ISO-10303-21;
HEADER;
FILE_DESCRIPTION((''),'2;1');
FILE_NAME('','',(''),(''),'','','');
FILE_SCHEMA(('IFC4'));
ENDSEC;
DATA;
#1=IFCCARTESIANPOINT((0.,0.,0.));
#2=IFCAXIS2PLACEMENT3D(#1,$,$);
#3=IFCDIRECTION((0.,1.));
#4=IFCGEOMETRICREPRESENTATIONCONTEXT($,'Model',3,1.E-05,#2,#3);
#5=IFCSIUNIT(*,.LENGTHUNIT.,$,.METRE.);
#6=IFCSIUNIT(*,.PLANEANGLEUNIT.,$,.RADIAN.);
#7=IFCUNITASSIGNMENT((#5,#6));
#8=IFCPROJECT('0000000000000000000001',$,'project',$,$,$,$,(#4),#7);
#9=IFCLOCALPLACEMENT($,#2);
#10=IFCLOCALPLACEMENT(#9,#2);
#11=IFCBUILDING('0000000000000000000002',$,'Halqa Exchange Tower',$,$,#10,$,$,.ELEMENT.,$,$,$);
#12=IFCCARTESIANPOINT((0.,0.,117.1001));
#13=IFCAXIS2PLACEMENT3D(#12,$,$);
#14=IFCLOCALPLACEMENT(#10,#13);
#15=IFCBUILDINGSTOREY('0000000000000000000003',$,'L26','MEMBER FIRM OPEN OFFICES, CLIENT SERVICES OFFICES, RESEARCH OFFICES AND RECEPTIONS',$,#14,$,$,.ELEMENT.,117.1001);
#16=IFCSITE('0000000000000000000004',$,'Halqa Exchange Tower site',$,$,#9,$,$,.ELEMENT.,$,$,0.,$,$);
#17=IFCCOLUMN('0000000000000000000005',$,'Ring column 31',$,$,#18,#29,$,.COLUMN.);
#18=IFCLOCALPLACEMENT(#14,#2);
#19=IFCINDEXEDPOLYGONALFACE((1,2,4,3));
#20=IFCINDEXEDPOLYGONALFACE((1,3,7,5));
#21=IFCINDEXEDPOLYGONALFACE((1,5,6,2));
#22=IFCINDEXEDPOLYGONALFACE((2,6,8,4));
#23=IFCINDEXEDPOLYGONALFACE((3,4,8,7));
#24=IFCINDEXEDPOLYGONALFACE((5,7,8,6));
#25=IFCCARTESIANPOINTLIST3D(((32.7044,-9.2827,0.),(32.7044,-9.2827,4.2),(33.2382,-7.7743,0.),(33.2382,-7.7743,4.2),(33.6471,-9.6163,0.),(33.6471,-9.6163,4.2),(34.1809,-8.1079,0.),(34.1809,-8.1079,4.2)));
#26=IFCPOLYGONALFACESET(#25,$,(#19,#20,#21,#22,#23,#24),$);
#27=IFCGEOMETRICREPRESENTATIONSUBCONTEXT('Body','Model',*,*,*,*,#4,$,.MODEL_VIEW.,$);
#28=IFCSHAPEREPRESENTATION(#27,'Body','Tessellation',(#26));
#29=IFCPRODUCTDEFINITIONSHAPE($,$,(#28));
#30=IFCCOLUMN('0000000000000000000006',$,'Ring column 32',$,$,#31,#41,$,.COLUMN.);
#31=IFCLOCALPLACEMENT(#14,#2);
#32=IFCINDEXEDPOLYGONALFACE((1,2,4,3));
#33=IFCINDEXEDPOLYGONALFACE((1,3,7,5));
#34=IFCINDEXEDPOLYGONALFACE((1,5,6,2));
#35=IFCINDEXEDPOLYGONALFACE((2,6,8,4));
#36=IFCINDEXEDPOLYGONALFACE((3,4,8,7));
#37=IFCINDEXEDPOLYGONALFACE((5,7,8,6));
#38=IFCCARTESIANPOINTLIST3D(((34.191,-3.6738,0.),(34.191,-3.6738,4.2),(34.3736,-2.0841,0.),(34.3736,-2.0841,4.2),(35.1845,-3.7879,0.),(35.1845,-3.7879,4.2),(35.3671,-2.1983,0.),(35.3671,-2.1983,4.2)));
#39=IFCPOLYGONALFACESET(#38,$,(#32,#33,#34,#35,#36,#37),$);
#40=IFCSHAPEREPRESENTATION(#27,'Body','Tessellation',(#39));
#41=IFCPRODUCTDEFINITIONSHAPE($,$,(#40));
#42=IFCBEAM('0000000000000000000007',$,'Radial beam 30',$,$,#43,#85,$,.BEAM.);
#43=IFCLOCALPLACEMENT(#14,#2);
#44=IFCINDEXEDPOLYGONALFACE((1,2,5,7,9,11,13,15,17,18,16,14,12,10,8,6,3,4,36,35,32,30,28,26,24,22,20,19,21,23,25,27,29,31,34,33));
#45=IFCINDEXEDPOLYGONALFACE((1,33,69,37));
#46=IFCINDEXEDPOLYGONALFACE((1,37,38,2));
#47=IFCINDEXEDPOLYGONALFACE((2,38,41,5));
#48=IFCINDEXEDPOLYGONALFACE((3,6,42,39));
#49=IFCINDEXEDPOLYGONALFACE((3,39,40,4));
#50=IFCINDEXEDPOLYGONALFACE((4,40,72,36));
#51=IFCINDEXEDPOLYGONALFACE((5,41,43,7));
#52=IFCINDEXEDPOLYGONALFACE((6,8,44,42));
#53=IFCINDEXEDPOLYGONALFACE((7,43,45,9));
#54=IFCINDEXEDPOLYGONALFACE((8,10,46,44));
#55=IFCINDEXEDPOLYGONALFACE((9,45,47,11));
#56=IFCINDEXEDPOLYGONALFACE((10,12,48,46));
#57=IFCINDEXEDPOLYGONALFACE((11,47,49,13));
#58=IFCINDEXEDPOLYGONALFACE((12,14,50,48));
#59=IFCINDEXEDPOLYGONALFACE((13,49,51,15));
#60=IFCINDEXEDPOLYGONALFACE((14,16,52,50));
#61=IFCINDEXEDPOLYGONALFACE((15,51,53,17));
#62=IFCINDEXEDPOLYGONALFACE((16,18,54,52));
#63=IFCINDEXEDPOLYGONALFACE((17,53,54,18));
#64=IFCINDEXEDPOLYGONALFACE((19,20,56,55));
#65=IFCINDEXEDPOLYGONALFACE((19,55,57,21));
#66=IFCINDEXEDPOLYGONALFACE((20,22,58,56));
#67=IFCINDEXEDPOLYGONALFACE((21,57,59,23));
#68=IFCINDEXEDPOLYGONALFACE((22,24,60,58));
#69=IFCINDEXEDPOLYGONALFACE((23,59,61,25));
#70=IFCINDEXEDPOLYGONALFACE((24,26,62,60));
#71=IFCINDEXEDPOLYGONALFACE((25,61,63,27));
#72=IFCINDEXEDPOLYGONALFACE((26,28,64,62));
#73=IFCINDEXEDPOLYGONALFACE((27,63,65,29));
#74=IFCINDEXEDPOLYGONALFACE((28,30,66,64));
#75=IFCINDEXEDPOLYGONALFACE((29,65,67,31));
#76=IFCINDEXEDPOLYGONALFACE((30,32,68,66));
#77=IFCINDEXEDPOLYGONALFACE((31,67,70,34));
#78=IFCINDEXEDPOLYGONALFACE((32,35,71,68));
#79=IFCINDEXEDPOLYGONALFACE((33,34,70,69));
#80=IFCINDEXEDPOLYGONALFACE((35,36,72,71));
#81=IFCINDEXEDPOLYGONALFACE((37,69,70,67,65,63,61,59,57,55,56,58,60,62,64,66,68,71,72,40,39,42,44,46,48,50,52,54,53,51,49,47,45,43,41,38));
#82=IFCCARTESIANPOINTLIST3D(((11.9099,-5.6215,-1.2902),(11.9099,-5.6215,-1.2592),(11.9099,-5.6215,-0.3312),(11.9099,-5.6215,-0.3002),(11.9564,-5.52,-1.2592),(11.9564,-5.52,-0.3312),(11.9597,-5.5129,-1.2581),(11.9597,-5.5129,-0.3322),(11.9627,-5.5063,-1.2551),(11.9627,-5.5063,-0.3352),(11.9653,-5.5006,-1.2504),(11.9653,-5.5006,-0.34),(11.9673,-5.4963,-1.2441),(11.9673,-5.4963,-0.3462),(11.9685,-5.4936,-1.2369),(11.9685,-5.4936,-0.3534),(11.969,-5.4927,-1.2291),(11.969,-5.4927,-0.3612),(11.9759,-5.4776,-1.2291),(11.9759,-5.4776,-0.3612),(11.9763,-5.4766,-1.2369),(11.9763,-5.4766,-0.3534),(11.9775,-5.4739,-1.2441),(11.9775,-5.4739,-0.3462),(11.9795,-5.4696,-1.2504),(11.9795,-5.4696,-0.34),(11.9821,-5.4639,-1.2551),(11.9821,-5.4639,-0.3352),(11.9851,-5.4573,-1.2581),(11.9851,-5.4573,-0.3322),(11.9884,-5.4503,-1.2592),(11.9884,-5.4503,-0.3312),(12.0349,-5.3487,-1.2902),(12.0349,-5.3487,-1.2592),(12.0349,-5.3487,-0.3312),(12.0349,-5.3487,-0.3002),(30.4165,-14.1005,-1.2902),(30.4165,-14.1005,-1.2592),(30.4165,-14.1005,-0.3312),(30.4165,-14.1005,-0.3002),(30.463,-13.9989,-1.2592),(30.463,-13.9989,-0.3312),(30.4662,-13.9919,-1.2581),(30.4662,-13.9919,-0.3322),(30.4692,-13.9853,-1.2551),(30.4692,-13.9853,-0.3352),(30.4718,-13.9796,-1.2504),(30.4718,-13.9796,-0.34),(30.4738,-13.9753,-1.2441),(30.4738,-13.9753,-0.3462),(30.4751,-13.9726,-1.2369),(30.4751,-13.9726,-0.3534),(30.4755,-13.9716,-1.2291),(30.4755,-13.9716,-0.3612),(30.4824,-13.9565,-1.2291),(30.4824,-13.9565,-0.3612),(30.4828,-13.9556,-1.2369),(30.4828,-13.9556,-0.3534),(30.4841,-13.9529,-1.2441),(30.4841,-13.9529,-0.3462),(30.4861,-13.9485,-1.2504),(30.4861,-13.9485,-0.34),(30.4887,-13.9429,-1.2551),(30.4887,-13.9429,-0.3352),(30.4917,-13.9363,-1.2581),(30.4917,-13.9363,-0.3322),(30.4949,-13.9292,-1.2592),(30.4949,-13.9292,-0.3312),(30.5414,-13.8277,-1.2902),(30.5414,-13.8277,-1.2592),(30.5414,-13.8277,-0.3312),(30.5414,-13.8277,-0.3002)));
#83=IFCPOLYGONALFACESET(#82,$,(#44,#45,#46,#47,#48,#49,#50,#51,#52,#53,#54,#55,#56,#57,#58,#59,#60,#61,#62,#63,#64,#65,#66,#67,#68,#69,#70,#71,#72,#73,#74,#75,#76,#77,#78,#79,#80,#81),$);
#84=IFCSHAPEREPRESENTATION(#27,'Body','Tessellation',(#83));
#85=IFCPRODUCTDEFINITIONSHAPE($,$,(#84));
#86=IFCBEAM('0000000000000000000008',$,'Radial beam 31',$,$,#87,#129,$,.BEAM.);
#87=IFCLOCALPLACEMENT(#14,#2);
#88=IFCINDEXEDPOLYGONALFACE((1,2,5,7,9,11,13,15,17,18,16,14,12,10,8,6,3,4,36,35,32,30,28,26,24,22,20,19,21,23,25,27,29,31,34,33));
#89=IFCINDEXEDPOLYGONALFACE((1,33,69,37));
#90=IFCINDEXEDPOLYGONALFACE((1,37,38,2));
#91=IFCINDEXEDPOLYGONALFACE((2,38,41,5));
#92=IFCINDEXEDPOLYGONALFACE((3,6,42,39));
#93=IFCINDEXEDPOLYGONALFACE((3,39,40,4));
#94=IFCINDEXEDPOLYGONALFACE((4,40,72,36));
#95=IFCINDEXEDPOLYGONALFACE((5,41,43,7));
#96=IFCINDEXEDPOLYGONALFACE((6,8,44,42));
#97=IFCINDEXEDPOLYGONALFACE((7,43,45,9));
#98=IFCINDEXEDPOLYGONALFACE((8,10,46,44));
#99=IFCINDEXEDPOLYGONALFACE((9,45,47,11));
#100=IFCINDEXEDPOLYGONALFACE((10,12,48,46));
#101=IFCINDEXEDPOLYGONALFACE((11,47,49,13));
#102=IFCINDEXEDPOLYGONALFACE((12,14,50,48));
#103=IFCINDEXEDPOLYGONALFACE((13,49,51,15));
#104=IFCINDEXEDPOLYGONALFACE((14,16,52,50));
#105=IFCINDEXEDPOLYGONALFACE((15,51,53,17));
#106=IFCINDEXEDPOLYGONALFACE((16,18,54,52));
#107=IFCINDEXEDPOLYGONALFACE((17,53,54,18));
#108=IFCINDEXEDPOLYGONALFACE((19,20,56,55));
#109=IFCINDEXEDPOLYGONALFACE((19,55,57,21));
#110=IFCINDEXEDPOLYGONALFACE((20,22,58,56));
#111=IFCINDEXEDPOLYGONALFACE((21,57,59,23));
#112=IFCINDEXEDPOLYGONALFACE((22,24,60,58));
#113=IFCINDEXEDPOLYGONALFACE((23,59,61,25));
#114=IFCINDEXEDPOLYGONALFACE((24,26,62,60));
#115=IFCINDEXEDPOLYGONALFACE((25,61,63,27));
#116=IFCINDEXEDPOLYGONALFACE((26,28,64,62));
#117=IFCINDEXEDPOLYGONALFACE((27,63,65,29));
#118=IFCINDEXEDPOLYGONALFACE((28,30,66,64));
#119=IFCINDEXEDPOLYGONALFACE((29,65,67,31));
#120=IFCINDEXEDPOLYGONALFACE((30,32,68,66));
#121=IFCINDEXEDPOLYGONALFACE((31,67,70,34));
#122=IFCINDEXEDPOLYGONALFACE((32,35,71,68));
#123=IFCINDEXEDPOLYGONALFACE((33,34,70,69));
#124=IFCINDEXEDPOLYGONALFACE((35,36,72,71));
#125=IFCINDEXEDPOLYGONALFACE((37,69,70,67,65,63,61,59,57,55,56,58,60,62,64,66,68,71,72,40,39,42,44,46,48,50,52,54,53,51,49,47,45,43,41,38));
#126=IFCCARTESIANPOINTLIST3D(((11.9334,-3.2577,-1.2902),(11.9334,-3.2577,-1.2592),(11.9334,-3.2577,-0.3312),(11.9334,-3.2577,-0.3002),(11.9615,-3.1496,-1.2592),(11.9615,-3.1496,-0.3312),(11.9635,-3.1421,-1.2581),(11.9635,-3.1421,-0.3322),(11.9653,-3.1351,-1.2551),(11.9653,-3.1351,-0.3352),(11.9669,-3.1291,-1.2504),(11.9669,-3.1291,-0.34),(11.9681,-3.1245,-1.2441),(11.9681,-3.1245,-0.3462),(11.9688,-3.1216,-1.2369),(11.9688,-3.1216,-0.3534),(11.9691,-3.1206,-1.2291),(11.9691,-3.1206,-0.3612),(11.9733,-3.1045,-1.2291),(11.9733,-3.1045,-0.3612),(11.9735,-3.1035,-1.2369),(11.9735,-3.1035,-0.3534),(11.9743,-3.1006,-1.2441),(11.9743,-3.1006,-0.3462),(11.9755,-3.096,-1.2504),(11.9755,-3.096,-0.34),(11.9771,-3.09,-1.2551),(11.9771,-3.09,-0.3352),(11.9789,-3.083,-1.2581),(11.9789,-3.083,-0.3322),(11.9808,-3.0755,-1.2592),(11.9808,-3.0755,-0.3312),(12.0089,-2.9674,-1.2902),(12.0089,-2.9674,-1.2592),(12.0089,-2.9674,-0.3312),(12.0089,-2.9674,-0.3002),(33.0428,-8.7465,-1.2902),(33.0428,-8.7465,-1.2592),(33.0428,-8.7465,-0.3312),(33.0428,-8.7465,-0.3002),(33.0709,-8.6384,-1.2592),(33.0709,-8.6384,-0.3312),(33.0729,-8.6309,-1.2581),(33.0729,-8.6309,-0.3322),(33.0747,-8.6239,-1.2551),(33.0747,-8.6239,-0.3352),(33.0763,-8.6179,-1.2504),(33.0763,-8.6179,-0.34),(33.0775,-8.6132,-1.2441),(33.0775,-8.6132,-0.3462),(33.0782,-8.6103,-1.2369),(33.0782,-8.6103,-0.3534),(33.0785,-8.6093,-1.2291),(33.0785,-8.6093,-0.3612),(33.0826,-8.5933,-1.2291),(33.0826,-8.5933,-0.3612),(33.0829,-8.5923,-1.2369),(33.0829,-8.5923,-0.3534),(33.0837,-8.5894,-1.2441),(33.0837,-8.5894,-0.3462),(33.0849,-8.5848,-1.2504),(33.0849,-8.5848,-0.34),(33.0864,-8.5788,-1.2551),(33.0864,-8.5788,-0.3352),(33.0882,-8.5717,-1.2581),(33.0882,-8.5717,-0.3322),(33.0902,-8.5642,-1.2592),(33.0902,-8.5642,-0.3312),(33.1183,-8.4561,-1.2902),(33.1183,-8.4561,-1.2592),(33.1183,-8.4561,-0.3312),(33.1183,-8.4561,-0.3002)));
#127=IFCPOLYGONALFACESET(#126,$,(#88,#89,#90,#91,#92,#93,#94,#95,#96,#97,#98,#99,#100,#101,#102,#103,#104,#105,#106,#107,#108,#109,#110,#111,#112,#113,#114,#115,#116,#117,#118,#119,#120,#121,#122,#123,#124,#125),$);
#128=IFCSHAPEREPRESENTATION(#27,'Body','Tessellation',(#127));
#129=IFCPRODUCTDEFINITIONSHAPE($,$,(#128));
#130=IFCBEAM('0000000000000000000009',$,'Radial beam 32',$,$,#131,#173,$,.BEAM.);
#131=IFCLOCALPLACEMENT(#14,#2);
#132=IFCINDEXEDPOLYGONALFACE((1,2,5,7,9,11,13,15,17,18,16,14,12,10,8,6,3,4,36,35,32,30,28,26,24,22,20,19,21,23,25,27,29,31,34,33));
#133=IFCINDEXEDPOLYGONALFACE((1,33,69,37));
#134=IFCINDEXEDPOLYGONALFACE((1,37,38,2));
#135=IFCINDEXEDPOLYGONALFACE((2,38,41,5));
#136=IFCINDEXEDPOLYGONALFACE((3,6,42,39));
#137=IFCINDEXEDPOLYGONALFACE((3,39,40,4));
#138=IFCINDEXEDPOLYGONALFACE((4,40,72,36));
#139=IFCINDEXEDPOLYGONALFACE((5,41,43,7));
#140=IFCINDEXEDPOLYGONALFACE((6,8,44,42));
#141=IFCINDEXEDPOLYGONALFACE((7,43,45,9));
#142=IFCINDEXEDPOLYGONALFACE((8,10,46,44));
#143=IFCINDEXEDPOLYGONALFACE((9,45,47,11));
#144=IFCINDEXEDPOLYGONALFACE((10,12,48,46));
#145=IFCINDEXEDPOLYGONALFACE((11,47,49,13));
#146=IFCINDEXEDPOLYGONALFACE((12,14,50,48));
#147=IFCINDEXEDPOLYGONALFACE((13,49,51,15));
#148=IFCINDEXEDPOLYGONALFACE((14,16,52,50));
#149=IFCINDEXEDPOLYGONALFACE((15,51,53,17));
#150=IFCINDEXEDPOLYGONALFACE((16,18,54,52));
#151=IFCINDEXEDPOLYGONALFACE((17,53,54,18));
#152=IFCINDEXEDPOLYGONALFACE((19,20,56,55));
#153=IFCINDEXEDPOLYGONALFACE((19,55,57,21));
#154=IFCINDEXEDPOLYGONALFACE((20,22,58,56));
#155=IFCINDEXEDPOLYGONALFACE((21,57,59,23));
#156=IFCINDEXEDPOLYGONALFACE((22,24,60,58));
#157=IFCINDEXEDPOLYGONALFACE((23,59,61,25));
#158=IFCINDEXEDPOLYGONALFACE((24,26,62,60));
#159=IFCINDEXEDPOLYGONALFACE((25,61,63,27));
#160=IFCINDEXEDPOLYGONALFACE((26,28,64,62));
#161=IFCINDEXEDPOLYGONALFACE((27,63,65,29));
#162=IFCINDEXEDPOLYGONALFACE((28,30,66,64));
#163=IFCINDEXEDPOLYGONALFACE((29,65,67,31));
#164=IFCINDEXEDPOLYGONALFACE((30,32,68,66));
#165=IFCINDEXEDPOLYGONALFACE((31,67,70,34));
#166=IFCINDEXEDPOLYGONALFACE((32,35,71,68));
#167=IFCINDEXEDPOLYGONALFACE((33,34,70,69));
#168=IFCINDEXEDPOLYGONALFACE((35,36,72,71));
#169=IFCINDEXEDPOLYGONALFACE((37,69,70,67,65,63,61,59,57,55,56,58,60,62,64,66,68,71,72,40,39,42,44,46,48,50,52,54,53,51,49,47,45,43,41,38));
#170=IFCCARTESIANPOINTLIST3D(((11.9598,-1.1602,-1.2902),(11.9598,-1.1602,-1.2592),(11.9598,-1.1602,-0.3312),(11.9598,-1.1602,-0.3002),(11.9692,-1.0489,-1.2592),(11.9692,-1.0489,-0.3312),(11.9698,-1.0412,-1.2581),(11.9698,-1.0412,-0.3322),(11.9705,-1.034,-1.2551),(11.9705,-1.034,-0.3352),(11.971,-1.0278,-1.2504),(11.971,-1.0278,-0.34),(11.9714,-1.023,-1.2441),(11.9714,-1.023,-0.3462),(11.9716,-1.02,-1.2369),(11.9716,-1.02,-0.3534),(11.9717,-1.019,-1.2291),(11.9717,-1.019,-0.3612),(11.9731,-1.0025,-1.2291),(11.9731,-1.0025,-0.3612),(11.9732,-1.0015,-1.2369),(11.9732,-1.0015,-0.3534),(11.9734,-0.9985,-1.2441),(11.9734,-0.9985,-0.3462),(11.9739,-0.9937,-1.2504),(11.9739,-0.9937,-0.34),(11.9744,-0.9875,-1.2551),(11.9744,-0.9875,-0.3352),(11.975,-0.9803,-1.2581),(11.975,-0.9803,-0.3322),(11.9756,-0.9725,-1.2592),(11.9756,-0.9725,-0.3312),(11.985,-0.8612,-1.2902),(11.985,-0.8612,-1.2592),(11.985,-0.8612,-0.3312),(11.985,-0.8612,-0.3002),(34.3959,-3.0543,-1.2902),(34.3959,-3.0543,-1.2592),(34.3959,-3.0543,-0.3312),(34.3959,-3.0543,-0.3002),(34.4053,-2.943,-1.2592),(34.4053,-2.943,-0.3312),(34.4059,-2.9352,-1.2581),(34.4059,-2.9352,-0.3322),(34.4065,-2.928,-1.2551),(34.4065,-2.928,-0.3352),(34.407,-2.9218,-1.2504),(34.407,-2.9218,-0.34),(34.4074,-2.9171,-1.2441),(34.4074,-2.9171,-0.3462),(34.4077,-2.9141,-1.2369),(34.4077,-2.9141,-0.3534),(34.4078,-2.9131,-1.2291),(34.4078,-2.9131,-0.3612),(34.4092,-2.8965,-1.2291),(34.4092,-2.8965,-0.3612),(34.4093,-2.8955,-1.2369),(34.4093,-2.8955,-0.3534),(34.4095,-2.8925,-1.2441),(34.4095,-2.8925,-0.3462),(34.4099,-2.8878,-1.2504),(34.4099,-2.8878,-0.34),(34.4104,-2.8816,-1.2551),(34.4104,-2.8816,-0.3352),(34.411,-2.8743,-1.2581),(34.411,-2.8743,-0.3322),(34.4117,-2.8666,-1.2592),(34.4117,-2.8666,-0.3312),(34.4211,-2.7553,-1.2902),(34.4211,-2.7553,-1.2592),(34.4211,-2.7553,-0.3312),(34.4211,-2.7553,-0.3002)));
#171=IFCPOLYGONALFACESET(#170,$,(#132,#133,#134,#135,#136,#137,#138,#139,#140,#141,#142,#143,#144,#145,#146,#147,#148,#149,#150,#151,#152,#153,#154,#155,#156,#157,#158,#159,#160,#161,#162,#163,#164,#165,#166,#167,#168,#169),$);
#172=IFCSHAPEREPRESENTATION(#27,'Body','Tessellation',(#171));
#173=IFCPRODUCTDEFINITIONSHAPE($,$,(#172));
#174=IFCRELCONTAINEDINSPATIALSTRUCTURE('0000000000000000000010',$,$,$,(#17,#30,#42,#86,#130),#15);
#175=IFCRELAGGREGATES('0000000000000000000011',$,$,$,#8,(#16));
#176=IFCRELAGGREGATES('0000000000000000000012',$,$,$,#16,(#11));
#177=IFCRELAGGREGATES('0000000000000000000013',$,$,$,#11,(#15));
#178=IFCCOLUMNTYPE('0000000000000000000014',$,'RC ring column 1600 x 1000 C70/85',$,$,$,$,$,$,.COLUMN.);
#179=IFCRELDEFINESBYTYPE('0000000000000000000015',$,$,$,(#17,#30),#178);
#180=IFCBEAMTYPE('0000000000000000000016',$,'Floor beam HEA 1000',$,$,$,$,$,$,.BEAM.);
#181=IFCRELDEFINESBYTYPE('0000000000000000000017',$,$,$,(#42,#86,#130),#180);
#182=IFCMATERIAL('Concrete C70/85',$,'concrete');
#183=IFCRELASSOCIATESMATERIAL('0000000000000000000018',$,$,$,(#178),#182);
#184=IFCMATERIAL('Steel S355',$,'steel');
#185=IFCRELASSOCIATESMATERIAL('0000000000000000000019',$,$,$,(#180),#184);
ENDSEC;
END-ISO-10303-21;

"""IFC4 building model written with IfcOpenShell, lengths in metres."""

from ifc_helpers import new_model, si_unit, direction, frame, origin, origin_2d, place, context, subcontext, project, spatial, rectangle, i_section, extrude, material, material_profile, profile_set, type_object, element, save


model = new_model("IFC4")

# Units and contexts
model_context = context("Model", 3, precision=1e-05, world=origin(), true_north=direction((0.0, 1.0)))
body_context = subcontext(model_context, "Body", "Model", "MODEL_VIEW")
ifc_project = project(units=[si_unit("LENGTHUNIT", "METRE"), si_unit("PLANEANGLEUNIT", "RADIAN")], contexts=[model_context])

# Site, building, storey
site_placement = place(None, origin())
site = spatial("IfcSite", under=ifc_project, at=site_placement, Name="Halqa Exchange Tower site", CompositionType="ELEMENT", RefElevation=0.0)
building_placement = place(site_placement, origin())
building = spatial("IfcBuilding", under=site, at=building_placement, Name="Halqa Exchange Tower", CompositionType="ELEMENT")
storey_placement = place(building_placement, frame((0.0, 0.0, 117.1001)))
storey = spatial("IfcBuildingStorey", under=building, at=storey_placement, Name="L26", Description="MEMBER FIRM OPEN OFFICES, CLIENT SERVICES OFFICES, RESEARCH OFFICES AND RECEPTIONS", CompositionType="ELEMENT", Elevation=117.1001)

# Columns
ifc_material_1 = material(Name="Concrete C70/85", Category="concrete")
ifc_material_profile_1 = material_profile(ifc_material_1, rectangle(XDim=1.6001, YDim=1.0, at=origin_2d()), Name="1600 x 1000")
ifc_profile_set_1 = profile_set([ifc_material_profile_1], Name="Concrete C70/85")
column_type = type_object("IfcColumnType", Name="RC ring column 1600 x 1000 C70/85", PredefinedType="COLUMN", material=ifc_profile_set_1)
for number, where, z_axis, x_axis, name in (
    (1, (33.4426, -8.6953, 0.0), (0.0, 0.0, 1.0), (0.333624, 0.942706, 0.0), "Ring column 31"),
    (2, (34.7791, -2.936, 0.0), (0.0, 0.0, 1.0), (0.114152, 0.993463, 0.0), "Ring column 32"),
):
    element("IfcColumn", number, at=place(storey_placement, frame(where, z_axis=z_axis, x_axis=x_axis)), inside=storey, type_object=column_type, Name=name, PredefinedType="COLUMN", context=body_context, shape_type="SweptSolid", body=[
        extrude(rectangle(XDim=1.6001, YDim=1.0, at=origin_2d()), origin(), (0.0, 0.0, 1.0), 4.2),
    ])

# Beams
ifc_material_2 = material(Name="Steel S355", Category="steel")
ifc_material_profile_2 = material_profile(ifc_material_2, i_section(OverallWidth=0.3, OverallDepth=0.99, WebThickness=0.0166, FlangeThickness=0.031, FilletRadius=0.03, at=origin_2d()), Name="HEA 1000")
ifc_profile_set_2 = profile_set([ifc_material_profile_2], Name="Steel S355")
beam_type_1 = type_object("IfcBeamType", Name="Floor beam HEA 1000", PredefinedType="BEAM", material=ifc_profile_set_2)
beam_1_placement = place(storey_placement, frame((11.9724, -5.4851, -0.7952), z_axis=(0.909124, -0.416525, 0.0), x_axis=(0.416525, 0.909124, 0.0)))
element("IfcBeam", 3, at=beam_1_placement, inside=storey, type_object=beam_type_1, Name="Radial beam 30", PredefinedType="BEAM", context=body_context, shape_type="SweptSolid", body=[
    extrude(i_section(OverallWidth=0.3, OverallDepth=0.99, WebThickness=0.0166, FlangeThickness=0.031, FilletRadius=0.03, at=origin_2d()), origin(), (0.0, 0.0, 1.0), 20.3564),
])
beam_2_placement = place(storey_placement, frame((11.9712, -3.1125, -0.7952), z_axis=(0.967819, -0.251648, 0.0), x_axis=(0.251648, 0.967819, 0.0)))
element("IfcBeam", 4, at=beam_2_placement, inside=storey, type_object=beam_type_1, Name="Radial beam 31", PredefinedType="BEAM", context=body_context, shape_type="SweptSolid", body=[
    extrude(i_section(OverallWidth=0.3, OverallDepth=0.99, WebThickness=0.0166, FlangeThickness=0.031, FilletRadius=0.03, at=origin_2d()), origin(), (0.0, 0.0, 1.0), 21.8113),
])
beam_3_placement = place(storey_placement, frame((11.9724, -1.0107, -0.7952), z_axis=(0.996456, -0.08412, 0.0), x_axis=(0.08412, 0.996456, 0.0)))
element("IfcBeam", 5, at=beam_3_placement, inside=storey, type_object=beam_type_1, Name="Radial beam 32", PredefinedType="BEAM", context=body_context, shape_type="SweptSolid", body=[
    extrude(i_section(OverallWidth=0.3, OverallDepth=0.99, WebThickness=0.0166, FlangeThickness=0.031, FilletRadius=0.03, at=origin_2d()), origin(), (0.0, 0.0, 1.0), 22.5159),
])

save(model, "model.ifc")
